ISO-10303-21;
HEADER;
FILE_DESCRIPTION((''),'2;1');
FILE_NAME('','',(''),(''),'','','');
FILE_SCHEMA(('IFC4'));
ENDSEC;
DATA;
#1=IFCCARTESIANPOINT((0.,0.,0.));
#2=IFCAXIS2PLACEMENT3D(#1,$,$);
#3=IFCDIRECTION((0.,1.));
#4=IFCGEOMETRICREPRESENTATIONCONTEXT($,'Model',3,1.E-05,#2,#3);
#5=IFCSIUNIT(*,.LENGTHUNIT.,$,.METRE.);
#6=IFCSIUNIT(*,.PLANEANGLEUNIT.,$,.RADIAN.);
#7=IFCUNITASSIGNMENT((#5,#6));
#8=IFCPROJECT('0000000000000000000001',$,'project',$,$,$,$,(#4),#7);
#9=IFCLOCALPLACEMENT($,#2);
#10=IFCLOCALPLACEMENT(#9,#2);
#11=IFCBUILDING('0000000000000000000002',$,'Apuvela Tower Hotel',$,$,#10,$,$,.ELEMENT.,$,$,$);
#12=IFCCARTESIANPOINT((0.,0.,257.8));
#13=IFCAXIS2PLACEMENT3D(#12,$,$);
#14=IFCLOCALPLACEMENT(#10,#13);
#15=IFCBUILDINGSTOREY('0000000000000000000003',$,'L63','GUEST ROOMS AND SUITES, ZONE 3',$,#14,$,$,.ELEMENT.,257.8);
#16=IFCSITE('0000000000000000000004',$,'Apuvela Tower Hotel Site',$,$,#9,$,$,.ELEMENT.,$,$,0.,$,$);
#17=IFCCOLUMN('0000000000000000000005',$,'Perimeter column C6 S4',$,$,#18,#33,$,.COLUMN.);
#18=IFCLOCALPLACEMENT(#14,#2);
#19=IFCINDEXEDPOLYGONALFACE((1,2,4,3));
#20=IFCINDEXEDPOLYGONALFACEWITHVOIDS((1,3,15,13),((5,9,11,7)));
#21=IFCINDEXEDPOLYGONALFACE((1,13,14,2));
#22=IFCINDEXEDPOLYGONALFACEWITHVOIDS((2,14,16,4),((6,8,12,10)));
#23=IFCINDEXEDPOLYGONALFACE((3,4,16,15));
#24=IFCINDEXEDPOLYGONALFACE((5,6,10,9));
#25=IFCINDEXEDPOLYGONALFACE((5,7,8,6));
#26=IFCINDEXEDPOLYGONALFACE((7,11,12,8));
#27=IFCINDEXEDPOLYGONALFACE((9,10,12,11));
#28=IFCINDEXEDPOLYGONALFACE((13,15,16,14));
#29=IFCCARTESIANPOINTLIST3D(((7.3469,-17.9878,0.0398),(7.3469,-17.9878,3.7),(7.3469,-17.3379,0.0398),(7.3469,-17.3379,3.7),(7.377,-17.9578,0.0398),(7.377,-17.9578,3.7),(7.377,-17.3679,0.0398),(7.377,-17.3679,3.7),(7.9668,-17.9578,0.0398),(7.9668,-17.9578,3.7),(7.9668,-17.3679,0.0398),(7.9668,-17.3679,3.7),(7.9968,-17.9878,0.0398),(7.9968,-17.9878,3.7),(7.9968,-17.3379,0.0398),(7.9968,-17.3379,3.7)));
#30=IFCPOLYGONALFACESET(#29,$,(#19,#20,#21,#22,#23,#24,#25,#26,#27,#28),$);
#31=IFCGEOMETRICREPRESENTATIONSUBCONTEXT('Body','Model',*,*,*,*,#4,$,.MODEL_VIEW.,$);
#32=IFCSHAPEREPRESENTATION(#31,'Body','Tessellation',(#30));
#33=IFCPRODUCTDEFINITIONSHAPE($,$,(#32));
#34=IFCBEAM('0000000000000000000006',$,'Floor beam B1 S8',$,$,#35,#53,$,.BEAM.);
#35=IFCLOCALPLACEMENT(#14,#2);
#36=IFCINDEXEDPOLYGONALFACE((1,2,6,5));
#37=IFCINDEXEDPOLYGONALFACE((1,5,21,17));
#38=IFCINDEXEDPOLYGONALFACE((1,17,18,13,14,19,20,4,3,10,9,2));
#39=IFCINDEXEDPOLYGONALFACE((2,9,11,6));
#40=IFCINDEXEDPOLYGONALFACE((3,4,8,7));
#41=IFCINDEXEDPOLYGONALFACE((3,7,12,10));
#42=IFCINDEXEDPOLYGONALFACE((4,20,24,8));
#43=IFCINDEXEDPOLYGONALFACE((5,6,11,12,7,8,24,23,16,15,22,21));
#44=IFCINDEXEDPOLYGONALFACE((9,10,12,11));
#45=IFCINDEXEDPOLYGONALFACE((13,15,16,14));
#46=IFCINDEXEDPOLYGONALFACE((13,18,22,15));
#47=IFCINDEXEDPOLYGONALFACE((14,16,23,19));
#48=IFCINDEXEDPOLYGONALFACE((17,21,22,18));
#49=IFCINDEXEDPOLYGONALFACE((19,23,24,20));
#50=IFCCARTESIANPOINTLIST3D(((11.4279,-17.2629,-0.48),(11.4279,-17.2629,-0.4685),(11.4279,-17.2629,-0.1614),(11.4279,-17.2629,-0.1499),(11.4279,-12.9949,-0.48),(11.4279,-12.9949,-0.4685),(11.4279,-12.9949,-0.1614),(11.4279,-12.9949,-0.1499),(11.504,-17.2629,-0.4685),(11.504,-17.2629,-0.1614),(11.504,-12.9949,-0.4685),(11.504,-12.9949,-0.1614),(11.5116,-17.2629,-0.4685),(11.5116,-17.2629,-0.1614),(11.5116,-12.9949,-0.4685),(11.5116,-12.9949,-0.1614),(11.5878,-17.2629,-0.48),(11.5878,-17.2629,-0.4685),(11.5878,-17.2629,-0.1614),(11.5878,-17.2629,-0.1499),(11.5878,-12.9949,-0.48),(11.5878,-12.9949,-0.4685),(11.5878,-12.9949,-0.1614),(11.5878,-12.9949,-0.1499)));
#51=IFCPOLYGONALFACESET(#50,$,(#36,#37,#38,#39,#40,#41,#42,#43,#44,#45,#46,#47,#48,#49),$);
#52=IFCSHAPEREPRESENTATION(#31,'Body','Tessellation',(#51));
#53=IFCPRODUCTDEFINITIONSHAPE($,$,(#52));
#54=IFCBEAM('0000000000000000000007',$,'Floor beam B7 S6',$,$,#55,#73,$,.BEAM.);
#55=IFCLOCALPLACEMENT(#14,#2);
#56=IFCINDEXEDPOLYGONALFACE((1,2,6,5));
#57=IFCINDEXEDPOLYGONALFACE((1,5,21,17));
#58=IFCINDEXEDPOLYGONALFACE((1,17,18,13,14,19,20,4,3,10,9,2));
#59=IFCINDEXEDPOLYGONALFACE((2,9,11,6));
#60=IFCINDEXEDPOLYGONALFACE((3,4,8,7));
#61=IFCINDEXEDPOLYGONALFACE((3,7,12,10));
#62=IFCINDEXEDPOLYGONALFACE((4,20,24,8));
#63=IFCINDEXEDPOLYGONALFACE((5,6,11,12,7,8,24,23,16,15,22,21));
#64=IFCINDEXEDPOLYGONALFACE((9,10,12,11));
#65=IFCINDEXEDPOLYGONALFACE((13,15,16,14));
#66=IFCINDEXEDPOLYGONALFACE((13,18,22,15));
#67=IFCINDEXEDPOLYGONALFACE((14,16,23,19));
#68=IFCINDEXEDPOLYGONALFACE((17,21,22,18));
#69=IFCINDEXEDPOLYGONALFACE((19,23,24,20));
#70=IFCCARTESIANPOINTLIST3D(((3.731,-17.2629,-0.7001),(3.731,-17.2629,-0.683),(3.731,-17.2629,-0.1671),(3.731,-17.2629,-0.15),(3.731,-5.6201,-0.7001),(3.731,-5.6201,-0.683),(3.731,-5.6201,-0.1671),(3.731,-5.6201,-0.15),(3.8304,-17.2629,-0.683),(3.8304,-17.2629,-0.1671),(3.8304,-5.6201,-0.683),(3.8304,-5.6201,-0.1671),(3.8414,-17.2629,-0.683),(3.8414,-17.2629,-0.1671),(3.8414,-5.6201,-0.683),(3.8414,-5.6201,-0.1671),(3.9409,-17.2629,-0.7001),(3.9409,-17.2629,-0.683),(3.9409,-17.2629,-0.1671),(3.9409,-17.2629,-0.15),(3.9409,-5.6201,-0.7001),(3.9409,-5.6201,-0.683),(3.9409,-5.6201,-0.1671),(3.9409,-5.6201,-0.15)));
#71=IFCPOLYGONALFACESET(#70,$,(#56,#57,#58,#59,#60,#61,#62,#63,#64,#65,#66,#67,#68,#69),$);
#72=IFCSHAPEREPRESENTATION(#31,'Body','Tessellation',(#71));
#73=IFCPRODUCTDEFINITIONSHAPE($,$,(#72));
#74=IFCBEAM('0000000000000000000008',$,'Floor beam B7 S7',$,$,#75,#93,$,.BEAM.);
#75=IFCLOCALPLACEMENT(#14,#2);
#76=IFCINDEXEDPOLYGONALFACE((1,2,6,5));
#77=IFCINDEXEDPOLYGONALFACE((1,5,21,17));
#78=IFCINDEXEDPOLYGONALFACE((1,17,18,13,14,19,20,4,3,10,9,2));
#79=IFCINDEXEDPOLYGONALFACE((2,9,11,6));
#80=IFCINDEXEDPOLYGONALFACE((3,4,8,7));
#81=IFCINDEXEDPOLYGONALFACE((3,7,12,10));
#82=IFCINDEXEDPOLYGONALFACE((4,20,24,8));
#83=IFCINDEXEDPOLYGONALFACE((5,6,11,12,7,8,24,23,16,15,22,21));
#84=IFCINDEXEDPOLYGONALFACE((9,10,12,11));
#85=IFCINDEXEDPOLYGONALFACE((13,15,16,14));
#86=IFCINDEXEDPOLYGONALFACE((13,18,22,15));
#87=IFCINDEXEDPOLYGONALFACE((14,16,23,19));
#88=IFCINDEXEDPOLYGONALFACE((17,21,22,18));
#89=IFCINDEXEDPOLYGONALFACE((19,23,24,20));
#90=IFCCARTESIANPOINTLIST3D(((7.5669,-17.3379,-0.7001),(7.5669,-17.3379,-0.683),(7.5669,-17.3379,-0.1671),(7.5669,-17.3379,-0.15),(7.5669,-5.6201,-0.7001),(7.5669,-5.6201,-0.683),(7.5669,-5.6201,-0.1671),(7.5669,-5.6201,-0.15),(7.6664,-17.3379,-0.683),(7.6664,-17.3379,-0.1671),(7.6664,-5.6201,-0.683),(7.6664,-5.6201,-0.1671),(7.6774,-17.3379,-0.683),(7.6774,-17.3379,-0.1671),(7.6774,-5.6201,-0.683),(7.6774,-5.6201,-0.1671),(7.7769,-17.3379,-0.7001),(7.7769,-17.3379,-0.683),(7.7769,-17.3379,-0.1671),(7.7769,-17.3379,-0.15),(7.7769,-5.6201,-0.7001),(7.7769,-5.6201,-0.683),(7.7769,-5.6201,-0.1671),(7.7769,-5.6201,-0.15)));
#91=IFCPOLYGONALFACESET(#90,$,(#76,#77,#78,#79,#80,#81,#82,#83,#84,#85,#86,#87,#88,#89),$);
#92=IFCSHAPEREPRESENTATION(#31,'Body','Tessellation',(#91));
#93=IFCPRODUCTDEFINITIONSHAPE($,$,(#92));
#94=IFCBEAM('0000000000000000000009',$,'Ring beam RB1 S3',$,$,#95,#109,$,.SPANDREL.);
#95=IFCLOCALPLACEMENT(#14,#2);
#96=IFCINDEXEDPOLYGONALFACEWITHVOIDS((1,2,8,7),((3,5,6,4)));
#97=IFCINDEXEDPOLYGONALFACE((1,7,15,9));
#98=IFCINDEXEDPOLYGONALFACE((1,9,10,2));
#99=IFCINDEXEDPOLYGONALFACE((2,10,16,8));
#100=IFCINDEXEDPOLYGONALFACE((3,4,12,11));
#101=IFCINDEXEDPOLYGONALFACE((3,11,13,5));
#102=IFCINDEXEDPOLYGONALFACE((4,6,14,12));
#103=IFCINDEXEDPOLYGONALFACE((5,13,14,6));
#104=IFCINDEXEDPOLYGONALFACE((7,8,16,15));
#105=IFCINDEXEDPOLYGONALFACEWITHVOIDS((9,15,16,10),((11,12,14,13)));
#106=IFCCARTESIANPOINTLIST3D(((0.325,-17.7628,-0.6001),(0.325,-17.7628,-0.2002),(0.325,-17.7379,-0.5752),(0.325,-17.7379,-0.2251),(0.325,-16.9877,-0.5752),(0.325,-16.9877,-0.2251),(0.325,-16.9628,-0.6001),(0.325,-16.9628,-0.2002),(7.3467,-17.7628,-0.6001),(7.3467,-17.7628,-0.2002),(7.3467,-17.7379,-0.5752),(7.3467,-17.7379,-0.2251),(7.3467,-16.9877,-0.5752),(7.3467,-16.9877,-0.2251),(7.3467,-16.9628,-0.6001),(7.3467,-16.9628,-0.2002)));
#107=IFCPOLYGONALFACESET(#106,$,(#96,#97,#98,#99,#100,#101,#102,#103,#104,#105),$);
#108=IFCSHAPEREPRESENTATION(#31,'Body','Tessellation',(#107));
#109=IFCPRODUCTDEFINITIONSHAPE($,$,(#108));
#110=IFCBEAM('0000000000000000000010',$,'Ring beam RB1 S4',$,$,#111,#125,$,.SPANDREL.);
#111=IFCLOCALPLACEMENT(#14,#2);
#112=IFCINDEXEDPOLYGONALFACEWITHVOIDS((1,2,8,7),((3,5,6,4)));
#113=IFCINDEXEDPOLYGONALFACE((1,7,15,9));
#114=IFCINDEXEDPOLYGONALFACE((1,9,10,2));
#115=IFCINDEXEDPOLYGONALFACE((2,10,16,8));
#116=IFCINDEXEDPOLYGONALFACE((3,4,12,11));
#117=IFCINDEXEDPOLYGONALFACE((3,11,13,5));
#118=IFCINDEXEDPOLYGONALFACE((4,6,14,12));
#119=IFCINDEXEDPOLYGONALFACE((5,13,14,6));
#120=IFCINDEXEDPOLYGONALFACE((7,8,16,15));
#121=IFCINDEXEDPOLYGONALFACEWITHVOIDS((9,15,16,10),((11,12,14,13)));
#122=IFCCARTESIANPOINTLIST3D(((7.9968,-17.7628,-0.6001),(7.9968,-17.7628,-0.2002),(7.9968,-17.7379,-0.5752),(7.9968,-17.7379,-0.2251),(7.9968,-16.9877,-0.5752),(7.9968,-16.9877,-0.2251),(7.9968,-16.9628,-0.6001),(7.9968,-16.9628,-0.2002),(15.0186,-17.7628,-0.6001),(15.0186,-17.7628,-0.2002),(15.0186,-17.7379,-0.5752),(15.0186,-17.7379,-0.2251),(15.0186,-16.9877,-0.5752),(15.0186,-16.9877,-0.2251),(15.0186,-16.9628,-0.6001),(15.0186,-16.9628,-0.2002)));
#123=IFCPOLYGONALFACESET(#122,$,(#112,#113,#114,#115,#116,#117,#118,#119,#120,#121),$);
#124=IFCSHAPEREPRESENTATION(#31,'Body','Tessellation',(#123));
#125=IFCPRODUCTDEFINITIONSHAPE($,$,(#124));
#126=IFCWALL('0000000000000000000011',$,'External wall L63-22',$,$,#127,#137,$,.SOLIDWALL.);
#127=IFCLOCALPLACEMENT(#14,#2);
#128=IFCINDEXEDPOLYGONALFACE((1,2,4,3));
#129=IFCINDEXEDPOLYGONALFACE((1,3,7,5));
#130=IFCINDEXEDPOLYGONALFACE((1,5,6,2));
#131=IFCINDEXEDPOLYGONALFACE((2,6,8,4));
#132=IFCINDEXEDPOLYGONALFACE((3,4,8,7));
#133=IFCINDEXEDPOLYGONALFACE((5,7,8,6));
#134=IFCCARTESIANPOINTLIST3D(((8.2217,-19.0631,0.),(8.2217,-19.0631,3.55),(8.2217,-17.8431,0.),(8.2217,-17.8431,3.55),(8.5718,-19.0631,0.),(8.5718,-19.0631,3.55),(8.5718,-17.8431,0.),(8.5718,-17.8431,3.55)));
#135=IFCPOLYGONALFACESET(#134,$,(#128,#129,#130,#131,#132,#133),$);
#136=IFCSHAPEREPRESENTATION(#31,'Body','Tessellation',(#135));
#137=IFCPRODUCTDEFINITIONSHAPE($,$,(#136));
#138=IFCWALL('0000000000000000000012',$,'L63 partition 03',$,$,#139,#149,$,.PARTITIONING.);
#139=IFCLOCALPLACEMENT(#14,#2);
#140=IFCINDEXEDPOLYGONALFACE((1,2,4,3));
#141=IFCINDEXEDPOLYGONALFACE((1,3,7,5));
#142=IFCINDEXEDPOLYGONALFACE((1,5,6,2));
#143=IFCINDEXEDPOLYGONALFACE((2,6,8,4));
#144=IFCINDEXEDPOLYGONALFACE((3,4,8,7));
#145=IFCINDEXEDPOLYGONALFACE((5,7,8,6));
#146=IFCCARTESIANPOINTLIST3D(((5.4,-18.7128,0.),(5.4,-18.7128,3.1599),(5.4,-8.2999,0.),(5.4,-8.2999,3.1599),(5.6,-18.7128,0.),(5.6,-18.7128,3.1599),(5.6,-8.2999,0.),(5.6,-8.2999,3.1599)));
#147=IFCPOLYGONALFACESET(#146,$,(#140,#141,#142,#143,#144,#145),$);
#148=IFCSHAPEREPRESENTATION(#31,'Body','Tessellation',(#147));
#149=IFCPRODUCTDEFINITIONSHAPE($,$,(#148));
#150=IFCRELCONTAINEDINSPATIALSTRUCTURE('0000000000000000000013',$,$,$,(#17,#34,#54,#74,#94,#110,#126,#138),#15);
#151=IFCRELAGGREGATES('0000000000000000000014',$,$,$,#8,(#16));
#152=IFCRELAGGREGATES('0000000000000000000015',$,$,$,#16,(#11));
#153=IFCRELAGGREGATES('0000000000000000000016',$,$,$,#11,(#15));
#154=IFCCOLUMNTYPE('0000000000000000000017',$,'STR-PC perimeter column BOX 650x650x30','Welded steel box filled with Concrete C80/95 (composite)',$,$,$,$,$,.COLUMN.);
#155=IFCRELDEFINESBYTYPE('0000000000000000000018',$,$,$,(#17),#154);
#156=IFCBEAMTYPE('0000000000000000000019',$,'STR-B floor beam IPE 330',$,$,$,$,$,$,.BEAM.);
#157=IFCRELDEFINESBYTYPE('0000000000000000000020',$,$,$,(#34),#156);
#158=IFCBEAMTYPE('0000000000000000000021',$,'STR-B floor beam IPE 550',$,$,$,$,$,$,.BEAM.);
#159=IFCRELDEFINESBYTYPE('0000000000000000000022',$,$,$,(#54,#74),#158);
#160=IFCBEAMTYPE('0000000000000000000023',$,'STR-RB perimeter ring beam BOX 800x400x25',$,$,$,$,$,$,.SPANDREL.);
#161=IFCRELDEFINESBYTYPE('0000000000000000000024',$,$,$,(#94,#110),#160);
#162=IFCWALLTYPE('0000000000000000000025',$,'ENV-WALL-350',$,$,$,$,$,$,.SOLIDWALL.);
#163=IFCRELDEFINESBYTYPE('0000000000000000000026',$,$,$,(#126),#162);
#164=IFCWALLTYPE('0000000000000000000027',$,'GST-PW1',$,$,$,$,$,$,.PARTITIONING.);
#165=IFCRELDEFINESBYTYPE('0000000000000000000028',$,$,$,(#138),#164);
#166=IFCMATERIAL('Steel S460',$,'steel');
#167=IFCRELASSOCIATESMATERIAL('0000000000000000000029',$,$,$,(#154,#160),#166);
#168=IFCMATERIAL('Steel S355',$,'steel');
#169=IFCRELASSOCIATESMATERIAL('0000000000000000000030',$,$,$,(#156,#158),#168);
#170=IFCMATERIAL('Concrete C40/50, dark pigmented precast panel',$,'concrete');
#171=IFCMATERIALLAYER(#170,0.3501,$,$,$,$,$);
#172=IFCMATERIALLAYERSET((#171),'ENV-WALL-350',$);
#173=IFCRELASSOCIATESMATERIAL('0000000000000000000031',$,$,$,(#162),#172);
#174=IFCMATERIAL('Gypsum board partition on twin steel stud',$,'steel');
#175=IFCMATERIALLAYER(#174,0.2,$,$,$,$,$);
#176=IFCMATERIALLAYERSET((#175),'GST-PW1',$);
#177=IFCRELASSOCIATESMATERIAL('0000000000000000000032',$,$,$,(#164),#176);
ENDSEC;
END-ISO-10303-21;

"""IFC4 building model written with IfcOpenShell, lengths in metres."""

from ifc_helpers import new_model, si_unit, direction, frame, frame_2d, origin, origin_2d, place, context, subcontext, project, spatial, rectangle, hollow_rectangle, i_section, extrude, boolean, halfspace, material, layer, layer_set, material_profile, profile_set, type_object, element, save


model = new_model("IFC4")

# Units and contexts
model_context = context("Model", 3, precision=1e-05, world=origin(), true_north=direction((0.0, 1.0)))
body_context = subcontext(model_context, "Body", "Model", "MODEL_VIEW")
ifc_project = project(units=[si_unit("LENGTHUNIT", "METRE"), si_unit("PLANEANGLEUNIT", "RADIAN")], contexts=[model_context])

# Site, building, storey
site_placement = place(None, origin())
site = spatial("IfcSite", under=ifc_project, at=site_placement, Name="Apuvela Tower Hotel Site", CompositionType="ELEMENT", RefElevation=0.0)
building_placement = place(site_placement, origin())
building = spatial("IfcBuilding", under=site, at=building_placement, Name="Apuvela Tower Hotel", CompositionType="ELEMENT")
storey_placement = place(building_placement, frame((0.0, 0.0, 257.8)))
storey = spatial("IfcBuildingStorey", under=building, at=storey_placement, Name="L63", Description="GUEST ROOMS AND SUITES, ZONE 3", CompositionType="ELEMENT", Elevation=257.8)

# Column
ifc_material_1 = material(Name="Steel S460", Category="steel")
ifc_material_profile_1 = material_profile(ifc_material_1, hollow_rectangle(XDim=0.6499, YDim=0.6499, WallThickness=0.03, at=origin_2d()), Name="BOX 650x650x30")
ifc_material_2 = material(Name="Concrete C80/95", Category="concrete")
ifc_material_profile_2 = material_profile(ifc_material_2, rectangle(XDim=0.5901, YDim=0.5901, at=origin_2d()), Name="Concrete C80/95 infill")
ifc_profile_set_1 = profile_set([ifc_material_profile_1, ifc_material_profile_2], Name="Steel S460")
column_type = type_object("IfcColumnType", Name="STR-PC perimeter column BOX 650x650x30", Description="Welded steel box filled with Concrete C80/95 (composite)", PredefinedType="COLUMN", material=ifc_profile_set_1)
column_placement = place(storey_placement, frame((7.6719, -17.6628, 0.0), z_axis=(0.0, 0.0, 1.0), x_axis=(-1.0, 0.0, 0.0)))
element("IfcColumn", 1, at=column_placement, inside=storey, type_object=column_type, Name="Perimeter column C6 S4", PredefinedType="COLUMN", context=body_context, shape_type="SweptSolid", body=[
    boolean("DIFFERENCE", extrude(hollow_rectangle(XDim=0.6499, YDim=0.6499, WallThickness=0.03, at=origin_2d()), origin(), (0.0, 0.0, 1.0), 3.7), halfspace(frame((0.0, 0.0, 0.0398), z_axis=(0.0, 0.0, 1.0), x_axis=(1.0, 0.0, 0.0)), True)),
])

# Beams
ifc_material_3 = material(Name="Steel S355", Category="steel")
ifc_material_profile_3 = material_profile(ifc_material_3, i_section(OverallWidth=0.1599, OverallDepth=0.3301, WebThickness=0.0076, FlangeThickness=0.0115, at=origin_2d()), Name="IPE 330")
ifc_profile_set_2 = profile_set([ifc_material_profile_3], Name="Steel S355")
beam_type_1 = type_object("IfcBeamType", Name="STR-B floor beam IPE 330", PredefinedType="BEAM", material=ifc_profile_set_2)
beam_1_placement = place(storey_placement, frame((11.5078, -17.2629, -0.3149), z_axis=(0.0, 1.0, 0.0), x_axis=(-1.0, 0.0, 0.0)))
element("IfcBeam", 2, at=beam_1_placement, inside=storey, type_object=beam_type_1, Name="Floor beam B1 S8", PredefinedType="BEAM", context=body_context, shape_type="SweptSolid", body=[
    extrude(i_section(OverallWidth=0.1599, OverallDepth=0.3301, WebThickness=0.0076, FlangeThickness=0.0115, at=origin_2d()), origin(), (0.0, 0.0, 1.0), 4.2681),
])
ifc_material_profile_4 = material_profile(ifc_material_3, i_section(OverallWidth=0.21, OverallDepth=0.55, WebThickness=0.011, FlangeThickness=0.0171, at=origin_2d()), Name="IPE 550")
ifc_profile_set_3 = profile_set([ifc_material_profile_4], Name="Steel S355")
beam_type_2 = type_object("IfcBeamType", Name="STR-B floor beam IPE 550", PredefinedType="BEAM", material=ifc_profile_set_3)
beam_2_placement = place(storey_placement, frame((3.8359, -17.2629, -0.425), z_axis=(0.0, 1.0, 0.0), x_axis=(-1.0, 0.0, 0.0)))
element("IfcBeam", 3, at=beam_2_placement, inside=storey, type_object=beam_type_2, Name="Floor beam B7 S6", PredefinedType="BEAM", context=body_context, shape_type="SweptSolid", body=[
    extrude(i_section(OverallWidth=0.21, OverallDepth=0.55, WebThickness=0.011, FlangeThickness=0.0171, at=origin_2d()), origin(), (0.0, 0.0, 1.0), 11.6428),
])
beam_3_placement = place(storey_placement, frame((7.6719, -17.3379, -0.425), z_axis=(0.0, 1.0, 0.0), x_axis=(-1.0, 0.0, 0.0)))
element("IfcBeam", 4, at=beam_3_placement, inside=storey, type_object=beam_type_2, Name="Floor beam B7 S7", PredefinedType="BEAM", context=body_context, shape_type="SweptSolid", body=[
    extrude(i_section(OverallWidth=0.21, OverallDepth=0.55, WebThickness=0.011, FlangeThickness=0.0171, at=origin_2d()), origin(), (0.0, 0.0, 1.0), 11.7178),
])
ifc_material_profile_5 = material_profile(ifc_material_1, hollow_rectangle(XDim=0.8, YDim=0.3999, WallThickness=0.0249, at=origin_2d()), Name="BOX 800x400x25")
ifc_profile_set_4 = profile_set([ifc_material_profile_5], Name="Steel S460")
beam_type_3 = type_object("IfcBeamType", Name="STR-RB perimeter ring beam BOX 800x400x25", PredefinedType="SPANDREL", material=ifc_profile_set_4)
for number, where, z_axis, x_axis, name in (
    (5, (0.325, -17.3628, -0.4001), (1.0, 0.0, 0.0), (0.0, 1.0, 0.0), "Ring beam RB1 S3"),
    (6, (7.9968, -17.3628, -0.4001), (1.0, 0.0, 0.0), (0.0, 1.0, 0.0), "Ring beam RB1 S4"),
):
    element("IfcBeam", number, at=place(storey_placement, frame(where, z_axis=z_axis, x_axis=x_axis)), inside=storey, type_object=beam_type_3, Name=name, PredefinedType="SPANDREL", context=body_context, shape_type="SweptSolid", body=[
        extrude(hollow_rectangle(XDim=0.8, YDim=0.3999, WallThickness=0.0249, at=origin_2d()), origin(), (0.0, 0.0, 1.0), 7.0217),
    ])

# Wall
ifc_material_4 = material(Name="Concrete C40/50, dark pigmented precast panel", Category="concrete")
ifc_layer_1 = layer(ifc_material_4, 0.3501)
ifc_layer_set_1 = layer_set([ifc_layer_1], Name="ENV-WALL-350")
wall_type_1 = type_object("IfcWallType", Name="ENV-WALL-350", PredefinedType="SOLIDWALL", material=ifc_layer_set_1)
wall_1_placement = place(storey_placement, frame((8.3967, -19.063, 0.0), z_axis=(0.0, 0.0, 1.0), x_axis=(0.0, 1.0, 0.0)))
element("IfcWall", 7, at=wall_1_placement, inside=storey, type_object=wall_type_1, Name="External wall L63-22", PredefinedType="SOLIDWALL", context=body_context, shape_type="SweptSolid", body=[
    extrude(rectangle(XDim=1.22, YDim=0.3501, at=frame_2d((0.6099, 0.0))), origin(), (0.0, 0.0, 1.0), 3.55),
])

# Wall
ifc_material_5 = material(Name="Gypsum board partition on twin steel stud", Category="steel")
ifc_layer_2 = layer(ifc_material_5, 0.2)
ifc_layer_set_2 = layer_set([ifc_layer_2], Name="GST-PW1")
wall_type_2 = type_object("IfcWallType", Name="GST-PW1", PredefinedType="PARTITIONING", material=ifc_layer_set_2)
wall_2_placement = place(storey_placement, frame((5.5, -18.7129, 0.0), z_axis=(0.0, 0.0, 1.0), x_axis=(0.0, 1.0, 0.0)))
element("IfcWall", 8, at=wall_2_placement, inside=storey, type_object=wall_type_2, Name="L63 partition 03", PredefinedType="PARTITIONING", context=body_context, shape_type="SweptSolid", body=[
    extrude(rectangle(XDim=10.4128, YDim=0.2, at=frame_2d((5.2065, 0.0))), origin(), (0.0, 0.0, 1.0), 3.1599),
])

save(model, "model.ifc")
